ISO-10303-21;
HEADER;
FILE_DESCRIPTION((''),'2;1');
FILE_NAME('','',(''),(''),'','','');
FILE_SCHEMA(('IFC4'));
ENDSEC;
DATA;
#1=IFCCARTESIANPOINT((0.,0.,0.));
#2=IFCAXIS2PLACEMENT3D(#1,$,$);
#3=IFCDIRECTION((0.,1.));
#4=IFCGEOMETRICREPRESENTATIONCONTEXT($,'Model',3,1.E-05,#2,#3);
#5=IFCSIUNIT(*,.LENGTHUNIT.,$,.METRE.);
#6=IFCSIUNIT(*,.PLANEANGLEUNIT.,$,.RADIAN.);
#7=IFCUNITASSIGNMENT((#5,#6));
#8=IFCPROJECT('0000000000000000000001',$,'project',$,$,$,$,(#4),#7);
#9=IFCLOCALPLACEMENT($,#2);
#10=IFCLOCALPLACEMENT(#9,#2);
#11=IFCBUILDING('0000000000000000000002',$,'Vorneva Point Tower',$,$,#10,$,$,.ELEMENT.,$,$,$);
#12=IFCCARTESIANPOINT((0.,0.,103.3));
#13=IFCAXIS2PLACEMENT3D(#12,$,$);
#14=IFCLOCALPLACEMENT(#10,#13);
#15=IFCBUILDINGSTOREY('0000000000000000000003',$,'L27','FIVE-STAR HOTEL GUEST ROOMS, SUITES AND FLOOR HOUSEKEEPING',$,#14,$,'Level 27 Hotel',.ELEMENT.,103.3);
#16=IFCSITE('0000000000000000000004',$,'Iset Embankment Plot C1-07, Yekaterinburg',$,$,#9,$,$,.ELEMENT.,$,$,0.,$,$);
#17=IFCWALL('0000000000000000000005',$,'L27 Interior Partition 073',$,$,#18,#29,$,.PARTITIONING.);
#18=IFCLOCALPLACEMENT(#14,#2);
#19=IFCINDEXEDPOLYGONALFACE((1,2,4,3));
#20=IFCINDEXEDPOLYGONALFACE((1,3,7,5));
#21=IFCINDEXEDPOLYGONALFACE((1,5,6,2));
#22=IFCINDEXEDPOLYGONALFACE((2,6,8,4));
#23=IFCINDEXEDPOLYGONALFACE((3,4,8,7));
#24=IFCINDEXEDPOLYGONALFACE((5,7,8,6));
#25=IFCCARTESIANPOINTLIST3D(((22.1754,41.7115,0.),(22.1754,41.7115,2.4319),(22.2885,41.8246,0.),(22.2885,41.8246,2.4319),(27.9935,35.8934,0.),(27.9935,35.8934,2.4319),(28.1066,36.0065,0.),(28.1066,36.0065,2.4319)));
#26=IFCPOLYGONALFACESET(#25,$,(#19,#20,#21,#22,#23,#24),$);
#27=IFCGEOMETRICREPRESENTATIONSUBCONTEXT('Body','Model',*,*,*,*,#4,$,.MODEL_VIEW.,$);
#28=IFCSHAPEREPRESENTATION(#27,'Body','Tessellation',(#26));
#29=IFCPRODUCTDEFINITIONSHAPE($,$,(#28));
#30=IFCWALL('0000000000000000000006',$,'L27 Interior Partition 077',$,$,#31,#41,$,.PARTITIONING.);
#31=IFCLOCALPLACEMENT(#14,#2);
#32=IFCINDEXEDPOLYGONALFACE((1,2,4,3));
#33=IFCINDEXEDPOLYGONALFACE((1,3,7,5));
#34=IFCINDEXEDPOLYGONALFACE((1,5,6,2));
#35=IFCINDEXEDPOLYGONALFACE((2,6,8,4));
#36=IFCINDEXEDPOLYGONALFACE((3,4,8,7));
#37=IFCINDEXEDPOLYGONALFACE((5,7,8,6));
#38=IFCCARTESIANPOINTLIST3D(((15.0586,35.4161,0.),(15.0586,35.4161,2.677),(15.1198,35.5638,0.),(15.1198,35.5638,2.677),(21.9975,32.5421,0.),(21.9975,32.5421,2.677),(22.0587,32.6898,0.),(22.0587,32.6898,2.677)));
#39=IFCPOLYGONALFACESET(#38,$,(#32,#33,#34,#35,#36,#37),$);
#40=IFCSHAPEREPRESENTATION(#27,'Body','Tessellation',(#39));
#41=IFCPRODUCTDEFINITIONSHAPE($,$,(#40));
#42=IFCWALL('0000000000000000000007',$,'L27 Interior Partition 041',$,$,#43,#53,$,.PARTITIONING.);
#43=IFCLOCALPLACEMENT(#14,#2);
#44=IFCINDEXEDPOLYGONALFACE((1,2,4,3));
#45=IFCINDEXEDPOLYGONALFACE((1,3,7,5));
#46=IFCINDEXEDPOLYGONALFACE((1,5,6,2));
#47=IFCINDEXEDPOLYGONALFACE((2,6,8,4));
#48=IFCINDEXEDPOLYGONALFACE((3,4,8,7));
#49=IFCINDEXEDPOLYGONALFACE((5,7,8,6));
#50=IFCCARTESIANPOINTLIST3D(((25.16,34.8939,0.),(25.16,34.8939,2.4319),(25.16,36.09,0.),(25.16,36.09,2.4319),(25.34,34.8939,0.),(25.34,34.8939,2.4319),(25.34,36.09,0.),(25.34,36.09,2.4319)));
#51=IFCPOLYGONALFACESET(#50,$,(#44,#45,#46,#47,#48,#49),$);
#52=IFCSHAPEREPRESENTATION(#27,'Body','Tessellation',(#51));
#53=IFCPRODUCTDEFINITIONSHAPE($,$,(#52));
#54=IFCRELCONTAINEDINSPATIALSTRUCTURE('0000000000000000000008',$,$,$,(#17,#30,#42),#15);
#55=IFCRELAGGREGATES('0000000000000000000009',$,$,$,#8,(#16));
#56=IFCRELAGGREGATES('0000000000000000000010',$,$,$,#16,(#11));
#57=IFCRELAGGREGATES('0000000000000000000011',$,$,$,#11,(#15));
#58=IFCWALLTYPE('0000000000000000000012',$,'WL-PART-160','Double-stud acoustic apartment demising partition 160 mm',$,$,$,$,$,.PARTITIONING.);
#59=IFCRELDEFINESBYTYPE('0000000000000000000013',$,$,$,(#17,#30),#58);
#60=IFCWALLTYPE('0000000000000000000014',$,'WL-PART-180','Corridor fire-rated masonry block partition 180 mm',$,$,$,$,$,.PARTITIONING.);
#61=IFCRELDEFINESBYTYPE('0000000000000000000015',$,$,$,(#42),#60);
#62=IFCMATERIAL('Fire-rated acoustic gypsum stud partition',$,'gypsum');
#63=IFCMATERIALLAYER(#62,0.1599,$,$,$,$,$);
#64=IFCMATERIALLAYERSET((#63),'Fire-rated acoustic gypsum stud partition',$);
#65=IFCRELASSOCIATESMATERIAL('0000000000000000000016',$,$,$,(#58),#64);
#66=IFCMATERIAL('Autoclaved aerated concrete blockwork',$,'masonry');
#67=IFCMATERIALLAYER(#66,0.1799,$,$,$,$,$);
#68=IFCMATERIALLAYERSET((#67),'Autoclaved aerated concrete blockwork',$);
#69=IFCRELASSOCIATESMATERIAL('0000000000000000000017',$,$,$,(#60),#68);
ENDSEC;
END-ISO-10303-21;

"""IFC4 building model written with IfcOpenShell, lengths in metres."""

from ifc_helpers import new_model, si_unit, direction, frame, frame_2d, origin, place, context, subcontext, project, spatial, rectangle, extrude, material, layer, layer_set, type_object, element, save


model = new_model("IFC4")

# Units and contexts
model_context = context("Model", 3, precision=1e-05, world=origin(), true_north=direction((0.0, 1.0)))
body_context = subcontext(model_context, "Body", "Model", "MODEL_VIEW")
ifc_project = project(units=[si_unit("LENGTHUNIT", "METRE"), si_unit("PLANEANGLEUNIT", "RADIAN")], contexts=[model_context])

# Site, building, storey
site_placement = place(None, origin())
site = spatial("IfcSite", under=ifc_project, at=site_placement, Name="Iset Embankment Plot C1-07, Yekaterinburg", CompositionType="ELEMENT", RefElevation=0.0)
building_placement = place(site_placement, origin())
building = spatial("IfcBuilding", under=site, at=building_placement, Name="Vorneva Point Tower", CompositionType="ELEMENT")
storey_placement = place(building_placement, frame((0.0, 0.0, 103.3)))
storey = spatial("IfcBuildingStorey", under=building, at=storey_placement, Name="L27", Description="FIVE-STAR HOTEL GUEST ROOMS, SUITES AND FLOOR HOUSEKEEPING", LongName="Level 27 Hotel", CompositionType="ELEMENT", Elevation=103.3)

# Shared definitions
ifc_material_1 = material(Name="Fire-rated acoustic gypsum stud partition", Category="gypsum")

# Walls
ifc_layer_1 = layer(ifc_material_1, 0.1599)
ifc_layer_set_1 = layer_set([ifc_layer_1], Name="Fire-rated acoustic gypsum stud partition")
wall_type_1 = type_object("IfcWallType", Name="WL-PART-160", Description="Double-stud acoustic apartment demising partition 160 mm", PredefinedType="PARTITIONING", material=ifc_layer_set_1)
wall_1_placement = place(storey_placement, frame((22.2319, 41.7681, 0.0), z_axis=(0.0, 0.0, 1.0), x_axis=(0.707107, -0.707107, 0.0)))
element("IfcWall", 1, at=wall_1_placement, inside=storey, type_object=wall_type_1, Name="L27 Interior Partition 073", PredefinedType="PARTITIONING", context=body_context, shape_type="SweptSolid", body=[
    extrude(rectangle(XDim=8.228, YDim=0.1599, at=frame_2d((4.114, 0.0))), origin(), (0.0, 0.0, 1.0), 2.4319),
])
wall_2_placement = place(storey_placement, frame((15.0891, 35.49, 0.0), z_axis=(0.0, 0.0, 1.0), x_axis=(0.923888, -0.382662, 0.0)))
element("IfcWall", 2, at=wall_2_placement, inside=storey, type_object=wall_type_1, Name="L27 Interior Partition 077", PredefinedType="PARTITIONING", context=body_context, shape_type="SweptSolid", body=[
    extrude(rectangle(XDim=7.5105, YDim=0.1599, at=frame_2d((3.7554, 0.0))), origin(), (0.0, 0.0, 1.0), 2.677),
])

# Shared definitions
ifc_material_2 = material(Name="Autoclaved aerated concrete blockwork", Category="masonry")
ifc_layer_2 = layer(ifc_material_2, 0.1799)
ifc_layer_set_2 = layer_set([ifc_layer_2], Name="Autoclaved aerated concrete blockwork")
wall_type_2 = type_object("IfcWallType", Name="WL-PART-180", Description="Corridor fire-rated masonry block partition 180 mm", PredefinedType="PARTITIONING", material=ifc_layer_set_2)

# Wall
wall_3_placement = place(storey_placement, frame((25.25, 36.0901, 0.0), z_axis=(0.0, 0.0, 1.0), x_axis=(0.0, -1.0, 0.0)))
element("IfcWall", 3, at=wall_3_placement, inside=storey, type_object=wall_type_2, Name="L27 Interior Partition 041", PredefinedType="PARTITIONING", context=body_context, shape_type="SweptSolid", body=[
    extrude(rectangle(XDim=1.196, YDim=0.1799, at=frame_2d((0.5981, 0.0))), origin(), (0.0, 0.0, 1.0), 2.4319),
])

save(model, "model.ifc")
